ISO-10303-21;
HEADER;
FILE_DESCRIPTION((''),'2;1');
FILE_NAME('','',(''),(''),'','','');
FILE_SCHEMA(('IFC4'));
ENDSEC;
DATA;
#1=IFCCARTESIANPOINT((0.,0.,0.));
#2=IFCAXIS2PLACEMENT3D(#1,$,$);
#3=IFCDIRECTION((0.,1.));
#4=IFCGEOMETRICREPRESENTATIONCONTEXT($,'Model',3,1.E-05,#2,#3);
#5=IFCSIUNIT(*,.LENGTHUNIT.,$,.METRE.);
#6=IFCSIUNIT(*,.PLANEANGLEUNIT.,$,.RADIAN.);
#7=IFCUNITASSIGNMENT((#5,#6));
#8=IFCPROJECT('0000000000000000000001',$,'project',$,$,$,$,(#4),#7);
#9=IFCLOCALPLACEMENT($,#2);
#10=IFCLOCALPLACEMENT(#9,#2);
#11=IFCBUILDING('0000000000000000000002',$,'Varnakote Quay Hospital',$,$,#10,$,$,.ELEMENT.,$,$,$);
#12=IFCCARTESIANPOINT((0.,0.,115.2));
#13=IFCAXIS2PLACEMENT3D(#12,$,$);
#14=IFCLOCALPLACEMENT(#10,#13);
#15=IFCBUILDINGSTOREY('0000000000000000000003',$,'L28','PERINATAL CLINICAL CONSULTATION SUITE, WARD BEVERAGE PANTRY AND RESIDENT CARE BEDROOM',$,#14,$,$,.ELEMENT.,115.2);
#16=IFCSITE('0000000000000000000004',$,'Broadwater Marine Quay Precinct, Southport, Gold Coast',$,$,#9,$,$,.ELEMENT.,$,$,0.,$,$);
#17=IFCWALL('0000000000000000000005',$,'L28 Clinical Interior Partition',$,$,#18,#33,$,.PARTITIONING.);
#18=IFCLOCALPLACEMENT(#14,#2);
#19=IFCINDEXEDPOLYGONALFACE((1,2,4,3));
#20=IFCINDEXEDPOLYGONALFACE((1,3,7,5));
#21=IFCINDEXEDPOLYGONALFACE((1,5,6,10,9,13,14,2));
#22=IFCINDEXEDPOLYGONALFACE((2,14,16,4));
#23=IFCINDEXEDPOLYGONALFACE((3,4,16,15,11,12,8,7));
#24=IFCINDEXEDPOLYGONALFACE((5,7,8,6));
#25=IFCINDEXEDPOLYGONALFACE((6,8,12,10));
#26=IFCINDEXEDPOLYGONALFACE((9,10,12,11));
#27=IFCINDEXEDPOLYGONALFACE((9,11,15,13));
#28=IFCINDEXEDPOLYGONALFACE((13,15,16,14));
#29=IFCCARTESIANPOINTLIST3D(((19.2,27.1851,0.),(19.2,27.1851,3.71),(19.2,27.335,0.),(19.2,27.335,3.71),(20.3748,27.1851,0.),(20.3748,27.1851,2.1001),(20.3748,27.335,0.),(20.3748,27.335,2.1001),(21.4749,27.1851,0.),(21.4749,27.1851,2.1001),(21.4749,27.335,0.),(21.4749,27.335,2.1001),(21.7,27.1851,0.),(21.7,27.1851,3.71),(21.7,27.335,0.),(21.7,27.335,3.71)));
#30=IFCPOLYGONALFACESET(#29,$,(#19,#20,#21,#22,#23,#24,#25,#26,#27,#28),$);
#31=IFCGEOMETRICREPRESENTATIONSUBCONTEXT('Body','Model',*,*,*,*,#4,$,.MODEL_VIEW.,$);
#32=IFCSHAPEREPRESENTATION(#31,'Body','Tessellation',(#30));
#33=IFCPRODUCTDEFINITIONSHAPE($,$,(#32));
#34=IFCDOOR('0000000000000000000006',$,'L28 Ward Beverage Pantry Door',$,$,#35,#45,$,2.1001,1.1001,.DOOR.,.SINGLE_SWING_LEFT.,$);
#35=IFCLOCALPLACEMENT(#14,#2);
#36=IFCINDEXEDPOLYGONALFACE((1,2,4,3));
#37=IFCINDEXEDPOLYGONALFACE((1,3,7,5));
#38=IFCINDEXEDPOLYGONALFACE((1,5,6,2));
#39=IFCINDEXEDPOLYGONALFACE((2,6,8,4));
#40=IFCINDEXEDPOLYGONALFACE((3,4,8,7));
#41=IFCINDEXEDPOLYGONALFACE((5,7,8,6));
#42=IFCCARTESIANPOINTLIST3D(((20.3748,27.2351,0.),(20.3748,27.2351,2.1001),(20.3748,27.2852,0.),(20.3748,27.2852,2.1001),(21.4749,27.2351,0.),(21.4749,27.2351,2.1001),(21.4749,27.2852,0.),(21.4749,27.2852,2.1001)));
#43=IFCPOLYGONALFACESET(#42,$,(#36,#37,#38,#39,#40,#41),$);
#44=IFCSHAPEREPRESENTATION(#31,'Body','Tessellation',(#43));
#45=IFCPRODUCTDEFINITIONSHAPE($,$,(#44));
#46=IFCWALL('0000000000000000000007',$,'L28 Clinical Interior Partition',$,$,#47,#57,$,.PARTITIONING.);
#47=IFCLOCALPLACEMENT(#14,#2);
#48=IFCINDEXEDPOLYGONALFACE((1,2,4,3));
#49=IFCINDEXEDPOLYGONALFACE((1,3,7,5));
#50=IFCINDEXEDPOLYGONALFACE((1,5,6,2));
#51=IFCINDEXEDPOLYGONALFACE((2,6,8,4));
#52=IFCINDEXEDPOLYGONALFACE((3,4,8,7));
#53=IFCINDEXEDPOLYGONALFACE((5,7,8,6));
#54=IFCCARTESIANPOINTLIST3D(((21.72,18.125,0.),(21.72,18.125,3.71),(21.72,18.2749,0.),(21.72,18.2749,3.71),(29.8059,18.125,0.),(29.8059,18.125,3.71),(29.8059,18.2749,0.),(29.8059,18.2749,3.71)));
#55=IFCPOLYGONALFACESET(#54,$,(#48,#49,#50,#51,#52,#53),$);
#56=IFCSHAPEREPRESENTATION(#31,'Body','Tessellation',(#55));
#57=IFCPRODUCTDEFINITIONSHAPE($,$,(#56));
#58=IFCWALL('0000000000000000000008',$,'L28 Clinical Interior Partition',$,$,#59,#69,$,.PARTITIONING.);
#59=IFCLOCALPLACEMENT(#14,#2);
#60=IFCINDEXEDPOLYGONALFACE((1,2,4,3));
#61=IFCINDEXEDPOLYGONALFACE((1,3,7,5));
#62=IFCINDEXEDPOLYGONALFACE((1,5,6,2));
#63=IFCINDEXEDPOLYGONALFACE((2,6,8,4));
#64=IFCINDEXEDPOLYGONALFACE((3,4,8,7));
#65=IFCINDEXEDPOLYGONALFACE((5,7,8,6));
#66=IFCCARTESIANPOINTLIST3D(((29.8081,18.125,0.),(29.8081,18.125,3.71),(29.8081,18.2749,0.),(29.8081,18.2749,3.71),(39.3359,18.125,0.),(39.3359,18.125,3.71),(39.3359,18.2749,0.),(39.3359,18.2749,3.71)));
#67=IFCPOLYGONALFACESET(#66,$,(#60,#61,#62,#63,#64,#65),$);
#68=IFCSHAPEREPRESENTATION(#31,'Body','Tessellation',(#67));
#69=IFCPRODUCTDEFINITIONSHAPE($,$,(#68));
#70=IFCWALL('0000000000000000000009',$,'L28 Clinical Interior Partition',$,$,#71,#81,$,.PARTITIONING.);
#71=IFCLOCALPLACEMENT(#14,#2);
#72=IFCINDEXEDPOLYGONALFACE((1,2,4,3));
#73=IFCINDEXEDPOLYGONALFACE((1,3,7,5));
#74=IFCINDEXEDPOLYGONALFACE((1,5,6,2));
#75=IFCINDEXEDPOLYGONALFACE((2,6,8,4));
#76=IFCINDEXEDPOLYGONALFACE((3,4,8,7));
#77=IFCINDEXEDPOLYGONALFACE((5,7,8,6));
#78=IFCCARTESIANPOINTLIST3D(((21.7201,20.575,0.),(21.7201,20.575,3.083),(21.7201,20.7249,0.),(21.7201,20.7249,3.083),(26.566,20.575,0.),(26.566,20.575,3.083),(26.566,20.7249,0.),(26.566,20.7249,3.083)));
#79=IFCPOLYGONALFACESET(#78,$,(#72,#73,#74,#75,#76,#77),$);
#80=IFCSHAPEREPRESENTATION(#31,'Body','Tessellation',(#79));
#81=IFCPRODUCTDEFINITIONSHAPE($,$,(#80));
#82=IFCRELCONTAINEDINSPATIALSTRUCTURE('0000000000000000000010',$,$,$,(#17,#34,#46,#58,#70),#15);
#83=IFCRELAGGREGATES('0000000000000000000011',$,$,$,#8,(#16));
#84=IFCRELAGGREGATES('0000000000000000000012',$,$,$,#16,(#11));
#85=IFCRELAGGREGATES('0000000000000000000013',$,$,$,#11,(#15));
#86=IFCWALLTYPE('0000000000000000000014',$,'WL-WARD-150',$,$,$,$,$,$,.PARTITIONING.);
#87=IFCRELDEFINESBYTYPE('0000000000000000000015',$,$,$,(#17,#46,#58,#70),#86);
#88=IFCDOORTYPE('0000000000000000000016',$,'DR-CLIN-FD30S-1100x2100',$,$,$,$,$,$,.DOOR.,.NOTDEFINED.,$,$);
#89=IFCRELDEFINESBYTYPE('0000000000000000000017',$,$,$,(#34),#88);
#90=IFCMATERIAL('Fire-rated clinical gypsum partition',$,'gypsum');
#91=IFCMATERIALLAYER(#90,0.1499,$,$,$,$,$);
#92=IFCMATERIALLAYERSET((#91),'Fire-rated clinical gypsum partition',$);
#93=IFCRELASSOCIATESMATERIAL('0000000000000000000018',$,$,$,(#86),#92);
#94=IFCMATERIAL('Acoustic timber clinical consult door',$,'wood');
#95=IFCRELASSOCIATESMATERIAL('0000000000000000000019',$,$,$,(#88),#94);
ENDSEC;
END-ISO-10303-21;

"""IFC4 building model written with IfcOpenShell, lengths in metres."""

from ifc_helpers import new_model, si_unit, direction, frame, frame_2d, origin, place, context, subcontext, project, spatial, rectangle, extrude, material, layer, layer_set, type_object, element, fill, save


model = new_model("IFC4")

# Units and contexts
model_context = context("Model", 3, precision=1e-05, world=origin(), true_north=direction((0.0, 1.0)))
body_context = subcontext(model_context, "Body", "Model", "MODEL_VIEW")
ifc_project = project(units=[si_unit("LENGTHUNIT", "METRE"), si_unit("PLANEANGLEUNIT", "RADIAN")], contexts=[model_context])

# Site, building, storey
site_placement = place(None, origin())
site = spatial("IfcSite", under=ifc_project, at=site_placement, Name="Broadwater Marine Quay Precinct, Southport, Gold Coast", CompositionType="ELEMENT", RefElevation=0.0)
building_placement = place(site_placement, origin())
building = spatial("IfcBuilding", under=site, at=building_placement, Name="Varnakote Quay Hospital", CompositionType="ELEMENT")
storey_placement = place(building_placement, frame((0.0, 0.0, 115.2)))
storey = spatial("IfcBuildingStorey", under=building, at=storey_placement, Name="L28", Description="PERINATAL CLINICAL CONSULTATION SUITE, WARD BEVERAGE PANTRY AND RESIDENT CARE BEDROOM", CompositionType="ELEMENT", Elevation=115.2)

# Wall, opening, door
ifc_material_1 = material(Name="Fire-rated clinical gypsum partition", Category="gypsum")
ifc_layer_1 = layer(ifc_material_1, 0.1499)
ifc_layer_set_1 = layer_set([ifc_layer_1], Name="Fire-rated clinical gypsum partition")
wall_type_1 = type_object("IfcWallType", Name="WL-WARD-150", PredefinedType="PARTITIONING", material=ifc_layer_set_1)
wall_1_placement = place(storey_placement, frame((21.7, 27.26, 0.0), z_axis=(0.0, 0.0, 1.0), x_axis=(-1.0, 0.0, 0.0)))
wall_1 = element("IfcWall", 1, at=wall_1_placement, inside=storey, type_object=wall_type_1, Name="L28 Clinical Interior Partition", PredefinedType="PARTITIONING", context=body_context, shape_type="SweptSolid", body=[
    extrude(rectangle(XDim=2.5, YDim=0.1499, at=frame_2d((1.25, 0.0))), origin(), (0.0, 0.0, 1.0), 3.71),
])
opening_1_placement = place(wall_1_placement, frame((0.2251, 0.0, 0.0)))
opening_1 = element("IfcOpeningElement", 2, at=opening_1_placement, cuts=wall_1, PredefinedType="OPENING", context=body_context, shape_type="SweptSolid", body=[
    extrude(rectangle(XDim=1.1001, YDim=2.1001, at=frame_2d((0.55, 1.05))), frame((0.0, 0.085, 0.0), z_axis=(0.0, -1.0, 0.0), x_axis=(1.0, 0.0, 0.0)), (0.0, 0.0, 1.0), 0.1699),
])
ifc_material_2 = material(Name="Acoustic timber clinical consult door", Category="wood")
door_type_1 = type_object("IfcDoorType", Name="DR-CLIN-FD30S-1100x2100", OperationType="NOTDEFINED", PredefinedType="DOOR", material=ifc_material_2)
door_1_placement = place(opening_1_placement, origin())
door_1 = element("IfcDoor", 3, at=door_1_placement, inside=storey, type_object=door_type_1, Name="L28 Ward Beverage Pantry Door", OperationType="SINGLE_SWING_LEFT", OverallHeight=2.1001, OverallWidth=1.1001, PredefinedType="DOOR", context=body_context, shape_type="SweptSolid", body=[
    extrude(rectangle(XDim=1.1001, YDim=2.1001, at=frame_2d((0.55, 1.05))), frame((0.0, 0.0249, 0.0), z_axis=(0.0, -1.0, 0.0), x_axis=(1.0, 0.0, 0.0)), (0.0, 0.0, 1.0), 0.05),
])
fill(opening_1, door_1)

# Walls
wall_2_placement = place(storey_placement, frame((21.72, 18.2, 0.0), z_axis=(0.0, 0.0, 1.0), x_axis=(1.0, 0.0, 0.0)))
element("IfcWall", 4, at=wall_2_placement, inside=storey, type_object=wall_type_1, Name="L28 Clinical Interior Partition", PredefinedType="PARTITIONING", context=body_context, shape_type="SweptSolid", body=[
    extrude(rectangle(XDim=8.0859, YDim=0.1499, at=frame_2d((4.043, 0.0))), origin(), (0.0, 0.0, 1.0), 3.71),
])
wall_3_placement = place(storey_placement, frame((29.8081, 18.2, 0.0), z_axis=(0.0, 0.0, 1.0), x_axis=(1.0, 0.0, 0.0)))
element("IfcWall", 5, at=wall_3_placement, inside=storey, type_object=wall_type_1, Name="L28 Clinical Interior Partition", PredefinedType="PARTITIONING", context=body_context, shape_type="SweptSolid", body=[
    extrude(rectangle(XDim=9.5278, YDim=0.1499, at=frame_2d((4.7639, 0.0))), origin(), (0.0, 0.0, 1.0), 3.71),
])
wall_4_placement = place(storey_placement, frame((26.5659, 20.6499, 0.0), z_axis=(0.0, 0.0, 1.0), x_axis=(-1.0, 0.0, 0.0)))
element("IfcWall", 6, at=wall_4_placement, inside=storey, type_object=wall_type_1, Name="L28 Clinical Interior Partition", PredefinedType="PARTITIONING", context=body_context, shape_type="SweptSolid", body=[
    extrude(rectangle(XDim=4.8459, YDim=0.1499, at=frame_2d((2.4229, 0.0))), origin(), (0.0, 0.0, 1.0), 3.083),
])

save(model, "model.ifc")
